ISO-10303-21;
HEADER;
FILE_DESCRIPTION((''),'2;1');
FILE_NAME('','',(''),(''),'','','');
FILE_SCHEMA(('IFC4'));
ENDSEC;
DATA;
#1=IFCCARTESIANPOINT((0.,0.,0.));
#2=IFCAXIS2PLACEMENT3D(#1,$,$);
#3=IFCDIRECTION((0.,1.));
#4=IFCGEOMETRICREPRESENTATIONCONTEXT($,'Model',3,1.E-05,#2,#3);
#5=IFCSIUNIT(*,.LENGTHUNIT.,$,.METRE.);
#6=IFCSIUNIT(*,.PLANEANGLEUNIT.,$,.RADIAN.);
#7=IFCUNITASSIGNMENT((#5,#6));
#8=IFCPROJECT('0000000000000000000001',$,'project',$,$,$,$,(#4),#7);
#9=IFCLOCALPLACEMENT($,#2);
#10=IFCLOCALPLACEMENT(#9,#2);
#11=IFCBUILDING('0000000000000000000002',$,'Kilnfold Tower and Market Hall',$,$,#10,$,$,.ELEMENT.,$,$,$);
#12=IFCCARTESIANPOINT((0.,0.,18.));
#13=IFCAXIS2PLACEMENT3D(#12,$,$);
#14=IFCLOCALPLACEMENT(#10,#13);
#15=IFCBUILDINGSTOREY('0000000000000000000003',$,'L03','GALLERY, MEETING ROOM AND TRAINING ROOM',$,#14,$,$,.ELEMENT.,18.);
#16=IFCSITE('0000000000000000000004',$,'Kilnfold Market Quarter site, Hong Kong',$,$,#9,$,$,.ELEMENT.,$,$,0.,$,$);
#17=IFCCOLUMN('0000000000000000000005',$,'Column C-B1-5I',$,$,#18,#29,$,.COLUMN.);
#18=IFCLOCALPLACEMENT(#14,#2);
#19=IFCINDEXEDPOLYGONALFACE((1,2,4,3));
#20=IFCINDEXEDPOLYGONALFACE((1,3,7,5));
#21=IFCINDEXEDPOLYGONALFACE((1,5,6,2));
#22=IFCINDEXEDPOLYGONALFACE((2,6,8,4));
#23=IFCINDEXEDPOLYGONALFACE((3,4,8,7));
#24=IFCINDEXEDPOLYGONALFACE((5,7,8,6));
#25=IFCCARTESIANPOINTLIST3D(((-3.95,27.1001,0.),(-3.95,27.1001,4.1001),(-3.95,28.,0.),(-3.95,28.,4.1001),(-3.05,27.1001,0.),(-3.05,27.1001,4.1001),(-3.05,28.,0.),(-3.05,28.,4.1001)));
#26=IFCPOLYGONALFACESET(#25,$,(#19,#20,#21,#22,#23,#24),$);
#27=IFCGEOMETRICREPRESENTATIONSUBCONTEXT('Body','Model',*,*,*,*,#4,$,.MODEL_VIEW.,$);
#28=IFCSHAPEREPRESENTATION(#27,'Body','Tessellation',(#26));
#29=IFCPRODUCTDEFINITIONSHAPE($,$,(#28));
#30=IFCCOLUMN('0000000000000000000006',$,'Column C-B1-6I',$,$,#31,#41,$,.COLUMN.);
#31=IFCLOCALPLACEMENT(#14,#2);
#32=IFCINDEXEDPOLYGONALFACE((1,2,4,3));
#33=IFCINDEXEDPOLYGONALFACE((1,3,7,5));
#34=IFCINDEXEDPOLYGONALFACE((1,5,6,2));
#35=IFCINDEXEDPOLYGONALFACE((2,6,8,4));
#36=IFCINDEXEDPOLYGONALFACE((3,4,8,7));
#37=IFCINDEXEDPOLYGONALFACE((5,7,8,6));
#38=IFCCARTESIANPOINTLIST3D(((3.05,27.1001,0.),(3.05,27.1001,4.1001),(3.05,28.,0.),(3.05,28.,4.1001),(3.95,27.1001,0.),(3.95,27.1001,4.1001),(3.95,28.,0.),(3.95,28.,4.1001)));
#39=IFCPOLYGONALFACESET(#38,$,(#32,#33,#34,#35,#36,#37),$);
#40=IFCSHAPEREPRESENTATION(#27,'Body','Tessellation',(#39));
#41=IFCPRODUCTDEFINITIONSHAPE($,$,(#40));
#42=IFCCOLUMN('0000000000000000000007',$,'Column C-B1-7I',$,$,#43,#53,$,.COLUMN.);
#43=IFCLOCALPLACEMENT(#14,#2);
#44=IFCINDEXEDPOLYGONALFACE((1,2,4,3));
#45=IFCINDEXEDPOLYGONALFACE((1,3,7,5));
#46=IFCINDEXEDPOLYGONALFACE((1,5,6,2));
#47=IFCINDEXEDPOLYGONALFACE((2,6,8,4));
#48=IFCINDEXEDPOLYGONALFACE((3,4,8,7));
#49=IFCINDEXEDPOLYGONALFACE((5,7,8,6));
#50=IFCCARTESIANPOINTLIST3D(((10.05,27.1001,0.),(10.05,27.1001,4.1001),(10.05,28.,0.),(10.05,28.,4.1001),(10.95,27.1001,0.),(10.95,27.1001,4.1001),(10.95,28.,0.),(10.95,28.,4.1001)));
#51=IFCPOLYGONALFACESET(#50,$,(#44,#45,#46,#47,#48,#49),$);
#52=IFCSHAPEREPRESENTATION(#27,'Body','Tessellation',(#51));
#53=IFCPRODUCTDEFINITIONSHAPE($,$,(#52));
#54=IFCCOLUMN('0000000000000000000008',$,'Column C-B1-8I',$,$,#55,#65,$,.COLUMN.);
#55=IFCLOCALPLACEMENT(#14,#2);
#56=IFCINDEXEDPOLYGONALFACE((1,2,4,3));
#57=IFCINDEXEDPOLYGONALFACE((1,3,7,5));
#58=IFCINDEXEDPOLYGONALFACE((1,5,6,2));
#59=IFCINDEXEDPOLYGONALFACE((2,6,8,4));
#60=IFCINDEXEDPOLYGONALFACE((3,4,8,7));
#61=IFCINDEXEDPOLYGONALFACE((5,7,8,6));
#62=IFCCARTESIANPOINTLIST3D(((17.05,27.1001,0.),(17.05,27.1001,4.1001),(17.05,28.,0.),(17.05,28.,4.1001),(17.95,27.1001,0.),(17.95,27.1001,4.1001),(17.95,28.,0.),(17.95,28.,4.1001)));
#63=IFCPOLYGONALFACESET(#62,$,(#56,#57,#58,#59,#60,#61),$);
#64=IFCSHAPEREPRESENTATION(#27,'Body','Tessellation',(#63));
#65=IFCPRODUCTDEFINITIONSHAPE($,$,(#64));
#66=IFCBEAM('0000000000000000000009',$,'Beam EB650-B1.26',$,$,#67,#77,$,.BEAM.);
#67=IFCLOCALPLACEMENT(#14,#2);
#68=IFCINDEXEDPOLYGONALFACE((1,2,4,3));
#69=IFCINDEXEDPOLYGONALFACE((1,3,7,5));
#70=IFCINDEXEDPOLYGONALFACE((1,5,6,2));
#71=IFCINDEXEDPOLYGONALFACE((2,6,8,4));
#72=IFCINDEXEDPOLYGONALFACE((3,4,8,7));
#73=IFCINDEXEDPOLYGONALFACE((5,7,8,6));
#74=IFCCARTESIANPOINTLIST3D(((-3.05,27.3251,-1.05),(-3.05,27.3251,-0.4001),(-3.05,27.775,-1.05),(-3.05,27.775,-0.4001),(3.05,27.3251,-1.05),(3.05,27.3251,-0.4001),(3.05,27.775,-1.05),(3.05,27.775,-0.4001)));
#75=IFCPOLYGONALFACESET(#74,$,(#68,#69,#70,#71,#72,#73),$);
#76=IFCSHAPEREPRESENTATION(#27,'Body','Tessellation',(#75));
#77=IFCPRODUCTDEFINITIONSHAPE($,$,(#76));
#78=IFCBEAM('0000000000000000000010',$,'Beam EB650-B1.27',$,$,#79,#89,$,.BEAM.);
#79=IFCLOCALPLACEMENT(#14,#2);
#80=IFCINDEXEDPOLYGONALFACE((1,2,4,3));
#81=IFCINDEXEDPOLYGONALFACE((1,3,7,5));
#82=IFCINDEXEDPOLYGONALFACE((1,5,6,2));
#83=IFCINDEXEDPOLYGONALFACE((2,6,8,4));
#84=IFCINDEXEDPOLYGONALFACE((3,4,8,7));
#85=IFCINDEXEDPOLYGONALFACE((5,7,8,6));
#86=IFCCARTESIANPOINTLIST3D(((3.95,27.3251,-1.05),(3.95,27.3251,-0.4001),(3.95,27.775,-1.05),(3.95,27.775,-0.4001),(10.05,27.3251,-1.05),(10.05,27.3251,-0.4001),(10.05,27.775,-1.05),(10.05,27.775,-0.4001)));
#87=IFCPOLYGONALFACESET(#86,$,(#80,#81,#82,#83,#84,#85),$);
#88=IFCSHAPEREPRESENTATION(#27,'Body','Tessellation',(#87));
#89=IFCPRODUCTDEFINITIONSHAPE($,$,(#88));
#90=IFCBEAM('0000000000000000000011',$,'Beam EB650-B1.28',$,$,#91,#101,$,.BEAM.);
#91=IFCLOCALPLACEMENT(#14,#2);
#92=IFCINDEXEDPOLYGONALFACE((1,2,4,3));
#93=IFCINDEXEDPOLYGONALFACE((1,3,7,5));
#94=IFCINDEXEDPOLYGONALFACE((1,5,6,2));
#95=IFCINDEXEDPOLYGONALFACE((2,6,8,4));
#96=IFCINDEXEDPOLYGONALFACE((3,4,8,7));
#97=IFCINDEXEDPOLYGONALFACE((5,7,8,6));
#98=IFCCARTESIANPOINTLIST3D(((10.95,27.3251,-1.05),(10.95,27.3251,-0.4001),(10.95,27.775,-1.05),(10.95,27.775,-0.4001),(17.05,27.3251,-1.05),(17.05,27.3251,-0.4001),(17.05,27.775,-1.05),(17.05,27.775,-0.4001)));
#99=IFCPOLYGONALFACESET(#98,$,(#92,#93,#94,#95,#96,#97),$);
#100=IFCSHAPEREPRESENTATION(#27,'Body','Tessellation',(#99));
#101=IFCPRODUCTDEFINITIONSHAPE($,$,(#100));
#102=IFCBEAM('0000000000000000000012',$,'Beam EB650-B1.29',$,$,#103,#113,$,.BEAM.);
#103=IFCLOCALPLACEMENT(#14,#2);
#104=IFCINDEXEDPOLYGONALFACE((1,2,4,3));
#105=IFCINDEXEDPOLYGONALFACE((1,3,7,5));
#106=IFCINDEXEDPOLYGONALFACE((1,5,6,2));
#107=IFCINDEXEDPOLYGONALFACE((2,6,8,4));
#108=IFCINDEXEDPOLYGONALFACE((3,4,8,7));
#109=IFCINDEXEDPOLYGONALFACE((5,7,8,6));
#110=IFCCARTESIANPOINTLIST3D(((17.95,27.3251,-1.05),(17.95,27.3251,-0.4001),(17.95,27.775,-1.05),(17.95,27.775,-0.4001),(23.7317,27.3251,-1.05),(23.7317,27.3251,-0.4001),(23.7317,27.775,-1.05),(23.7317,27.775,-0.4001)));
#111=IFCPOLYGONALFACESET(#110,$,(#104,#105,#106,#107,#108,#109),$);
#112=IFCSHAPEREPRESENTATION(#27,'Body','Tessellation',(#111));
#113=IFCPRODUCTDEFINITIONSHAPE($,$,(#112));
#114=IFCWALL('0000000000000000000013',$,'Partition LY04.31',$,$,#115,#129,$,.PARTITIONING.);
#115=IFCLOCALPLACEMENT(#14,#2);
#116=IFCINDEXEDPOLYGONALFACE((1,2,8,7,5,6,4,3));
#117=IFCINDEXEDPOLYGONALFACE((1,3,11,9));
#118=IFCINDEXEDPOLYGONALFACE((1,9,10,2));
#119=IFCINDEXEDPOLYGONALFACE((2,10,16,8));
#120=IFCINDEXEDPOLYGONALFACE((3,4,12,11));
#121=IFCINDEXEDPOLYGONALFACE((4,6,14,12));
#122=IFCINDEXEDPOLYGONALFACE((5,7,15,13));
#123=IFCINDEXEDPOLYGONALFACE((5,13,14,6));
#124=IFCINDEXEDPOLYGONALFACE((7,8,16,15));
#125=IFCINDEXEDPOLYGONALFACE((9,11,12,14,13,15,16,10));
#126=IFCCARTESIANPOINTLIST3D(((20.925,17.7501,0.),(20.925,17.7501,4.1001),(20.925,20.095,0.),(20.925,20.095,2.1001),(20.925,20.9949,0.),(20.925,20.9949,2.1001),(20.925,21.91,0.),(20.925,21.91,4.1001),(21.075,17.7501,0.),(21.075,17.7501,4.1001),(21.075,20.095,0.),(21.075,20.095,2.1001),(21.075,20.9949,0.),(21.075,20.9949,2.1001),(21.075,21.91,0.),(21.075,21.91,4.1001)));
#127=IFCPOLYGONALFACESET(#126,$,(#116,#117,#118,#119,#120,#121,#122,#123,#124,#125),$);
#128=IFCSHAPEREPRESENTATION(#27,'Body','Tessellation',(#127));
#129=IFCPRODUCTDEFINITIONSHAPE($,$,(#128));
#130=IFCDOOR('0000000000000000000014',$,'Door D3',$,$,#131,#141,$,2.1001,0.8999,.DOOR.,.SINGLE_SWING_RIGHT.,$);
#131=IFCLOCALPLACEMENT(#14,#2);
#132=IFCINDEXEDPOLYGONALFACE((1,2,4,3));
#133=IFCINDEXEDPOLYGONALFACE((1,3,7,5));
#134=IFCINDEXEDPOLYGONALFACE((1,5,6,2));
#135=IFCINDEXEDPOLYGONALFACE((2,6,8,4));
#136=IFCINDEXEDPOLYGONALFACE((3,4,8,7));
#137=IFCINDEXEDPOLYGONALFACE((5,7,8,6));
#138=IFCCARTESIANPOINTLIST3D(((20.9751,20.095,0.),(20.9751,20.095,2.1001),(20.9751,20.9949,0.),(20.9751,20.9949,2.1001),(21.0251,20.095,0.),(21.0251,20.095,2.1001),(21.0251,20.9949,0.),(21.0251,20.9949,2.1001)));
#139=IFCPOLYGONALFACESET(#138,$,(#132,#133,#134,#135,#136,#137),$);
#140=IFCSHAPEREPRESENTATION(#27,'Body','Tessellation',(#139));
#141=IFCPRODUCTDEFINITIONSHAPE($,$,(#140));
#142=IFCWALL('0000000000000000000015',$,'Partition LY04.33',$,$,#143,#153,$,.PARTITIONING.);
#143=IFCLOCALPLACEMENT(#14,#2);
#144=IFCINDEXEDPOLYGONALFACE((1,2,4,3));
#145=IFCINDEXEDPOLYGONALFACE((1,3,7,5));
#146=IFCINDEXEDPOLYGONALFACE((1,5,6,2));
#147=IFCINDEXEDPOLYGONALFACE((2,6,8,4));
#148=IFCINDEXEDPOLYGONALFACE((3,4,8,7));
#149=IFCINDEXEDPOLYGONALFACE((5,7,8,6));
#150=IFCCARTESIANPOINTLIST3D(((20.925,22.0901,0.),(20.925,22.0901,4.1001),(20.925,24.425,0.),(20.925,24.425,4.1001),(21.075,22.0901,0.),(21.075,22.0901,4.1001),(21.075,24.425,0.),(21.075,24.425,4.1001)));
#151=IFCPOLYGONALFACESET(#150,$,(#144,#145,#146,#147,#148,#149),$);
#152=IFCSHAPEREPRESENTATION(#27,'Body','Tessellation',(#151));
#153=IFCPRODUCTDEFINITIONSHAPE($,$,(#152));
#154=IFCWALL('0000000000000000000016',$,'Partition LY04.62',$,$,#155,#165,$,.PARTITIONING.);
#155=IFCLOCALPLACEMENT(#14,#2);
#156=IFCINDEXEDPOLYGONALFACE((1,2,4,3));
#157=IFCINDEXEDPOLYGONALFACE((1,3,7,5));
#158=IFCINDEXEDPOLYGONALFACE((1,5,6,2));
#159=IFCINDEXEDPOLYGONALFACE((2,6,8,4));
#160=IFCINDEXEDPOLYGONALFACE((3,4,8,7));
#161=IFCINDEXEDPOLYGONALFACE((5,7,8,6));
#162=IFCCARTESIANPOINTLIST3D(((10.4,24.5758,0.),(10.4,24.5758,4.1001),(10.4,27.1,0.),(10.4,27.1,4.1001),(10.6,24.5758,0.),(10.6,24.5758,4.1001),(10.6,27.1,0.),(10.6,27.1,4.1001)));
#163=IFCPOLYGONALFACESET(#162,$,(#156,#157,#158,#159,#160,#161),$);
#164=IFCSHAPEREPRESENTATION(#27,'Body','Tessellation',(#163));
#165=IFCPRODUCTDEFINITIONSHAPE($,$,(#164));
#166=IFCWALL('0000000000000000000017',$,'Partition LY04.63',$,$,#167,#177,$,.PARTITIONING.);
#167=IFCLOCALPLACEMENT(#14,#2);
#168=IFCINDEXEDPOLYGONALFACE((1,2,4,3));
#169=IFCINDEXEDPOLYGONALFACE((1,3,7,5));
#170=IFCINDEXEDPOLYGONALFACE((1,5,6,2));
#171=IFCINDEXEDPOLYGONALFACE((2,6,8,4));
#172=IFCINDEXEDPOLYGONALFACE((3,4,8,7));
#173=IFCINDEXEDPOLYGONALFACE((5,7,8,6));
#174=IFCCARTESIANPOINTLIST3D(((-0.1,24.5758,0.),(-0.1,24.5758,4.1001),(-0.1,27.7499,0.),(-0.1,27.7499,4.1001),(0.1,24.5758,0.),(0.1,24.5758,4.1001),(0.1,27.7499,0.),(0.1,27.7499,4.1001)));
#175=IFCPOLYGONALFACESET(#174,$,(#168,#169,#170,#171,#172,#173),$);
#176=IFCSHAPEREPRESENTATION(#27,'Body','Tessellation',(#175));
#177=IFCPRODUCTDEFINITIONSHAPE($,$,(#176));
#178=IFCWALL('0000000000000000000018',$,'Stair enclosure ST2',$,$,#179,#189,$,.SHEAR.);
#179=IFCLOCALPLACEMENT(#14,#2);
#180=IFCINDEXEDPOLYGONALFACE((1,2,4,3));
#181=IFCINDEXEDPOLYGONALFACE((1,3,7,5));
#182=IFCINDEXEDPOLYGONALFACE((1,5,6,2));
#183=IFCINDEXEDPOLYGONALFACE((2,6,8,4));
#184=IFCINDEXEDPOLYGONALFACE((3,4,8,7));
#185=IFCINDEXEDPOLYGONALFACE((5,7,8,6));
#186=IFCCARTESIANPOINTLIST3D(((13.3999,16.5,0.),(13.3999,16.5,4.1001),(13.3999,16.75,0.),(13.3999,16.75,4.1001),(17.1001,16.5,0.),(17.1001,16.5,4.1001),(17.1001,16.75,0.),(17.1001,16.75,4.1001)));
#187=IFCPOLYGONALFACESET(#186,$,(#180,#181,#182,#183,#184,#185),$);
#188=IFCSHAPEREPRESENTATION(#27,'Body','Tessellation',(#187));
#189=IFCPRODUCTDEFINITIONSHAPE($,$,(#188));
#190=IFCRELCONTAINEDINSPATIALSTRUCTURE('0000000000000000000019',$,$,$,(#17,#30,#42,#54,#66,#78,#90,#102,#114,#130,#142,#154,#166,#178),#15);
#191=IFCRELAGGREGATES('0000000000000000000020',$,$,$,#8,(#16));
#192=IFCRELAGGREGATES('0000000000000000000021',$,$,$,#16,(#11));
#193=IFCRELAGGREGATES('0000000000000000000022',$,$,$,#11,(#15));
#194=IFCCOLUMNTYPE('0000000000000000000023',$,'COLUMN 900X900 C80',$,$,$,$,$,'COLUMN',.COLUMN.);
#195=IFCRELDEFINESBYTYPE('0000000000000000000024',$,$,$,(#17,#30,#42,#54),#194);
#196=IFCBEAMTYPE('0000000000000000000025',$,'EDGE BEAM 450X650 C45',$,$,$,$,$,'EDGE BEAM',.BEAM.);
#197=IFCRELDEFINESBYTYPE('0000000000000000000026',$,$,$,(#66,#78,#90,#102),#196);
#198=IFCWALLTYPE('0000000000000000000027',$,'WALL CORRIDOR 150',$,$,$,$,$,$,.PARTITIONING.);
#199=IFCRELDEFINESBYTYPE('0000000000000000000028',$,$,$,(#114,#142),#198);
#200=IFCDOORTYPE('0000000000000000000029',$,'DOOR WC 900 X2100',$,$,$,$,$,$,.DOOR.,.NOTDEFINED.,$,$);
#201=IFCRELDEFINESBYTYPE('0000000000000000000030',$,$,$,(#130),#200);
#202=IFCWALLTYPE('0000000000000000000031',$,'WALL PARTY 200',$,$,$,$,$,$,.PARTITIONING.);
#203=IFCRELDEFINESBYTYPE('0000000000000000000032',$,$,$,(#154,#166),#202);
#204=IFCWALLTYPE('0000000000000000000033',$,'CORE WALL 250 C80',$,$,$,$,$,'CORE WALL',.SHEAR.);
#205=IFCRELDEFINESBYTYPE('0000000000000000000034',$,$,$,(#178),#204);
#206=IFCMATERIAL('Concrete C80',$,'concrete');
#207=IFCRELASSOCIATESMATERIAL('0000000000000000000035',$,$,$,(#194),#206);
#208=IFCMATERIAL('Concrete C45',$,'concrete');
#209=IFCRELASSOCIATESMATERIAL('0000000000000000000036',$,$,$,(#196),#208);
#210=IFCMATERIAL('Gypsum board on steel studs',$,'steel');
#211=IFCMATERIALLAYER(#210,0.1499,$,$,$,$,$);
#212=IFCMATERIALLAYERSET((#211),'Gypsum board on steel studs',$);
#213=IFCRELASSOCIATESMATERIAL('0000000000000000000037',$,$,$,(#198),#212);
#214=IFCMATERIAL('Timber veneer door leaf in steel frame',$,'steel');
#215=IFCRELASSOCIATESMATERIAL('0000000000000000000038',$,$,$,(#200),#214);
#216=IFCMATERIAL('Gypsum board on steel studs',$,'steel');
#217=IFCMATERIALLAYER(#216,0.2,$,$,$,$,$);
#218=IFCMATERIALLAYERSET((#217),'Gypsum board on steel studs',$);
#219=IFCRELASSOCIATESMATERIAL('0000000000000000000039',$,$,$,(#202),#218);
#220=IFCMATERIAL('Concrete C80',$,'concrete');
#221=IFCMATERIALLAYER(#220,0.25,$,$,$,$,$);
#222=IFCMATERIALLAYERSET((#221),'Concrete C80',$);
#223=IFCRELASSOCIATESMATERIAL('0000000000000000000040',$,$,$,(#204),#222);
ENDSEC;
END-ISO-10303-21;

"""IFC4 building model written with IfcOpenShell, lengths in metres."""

from ifc_helpers import new_model, si_unit, direction, frame, frame_2d, origin, origin_2d, place, context, subcontext, project, spatial, rectangle, extrude, source, transform, mapped, material, layer, layer_set, material_profile, profile_set, type_object, element, fill, save


model = new_model("IFC4")

# Units and contexts
model_context = context("Model", 3, precision=1e-05, world=origin(), true_north=direction((0.0, 1.0)))
body_context = subcontext(model_context, "Body", "Model", "MODEL_VIEW")
ifc_project = project(units=[si_unit("LENGTHUNIT", "METRE"), si_unit("PLANEANGLEUNIT", "RADIAN")], contexts=[model_context])

# Site, building, storey
site_placement = place(None, origin())
site = spatial("IfcSite", under=ifc_project, at=site_placement, Name="Kilnfold Market Quarter site, Hong Kong", CompositionType="ELEMENT", RefElevation=0.0)
building_placement = place(site_placement, origin())
building = spatial("IfcBuilding", under=site, at=building_placement, Name="Kilnfold Tower and Market Hall", CompositionType="ELEMENT")
storey_placement = place(building_placement, frame((0.0, 0.0, 18.0)))
storey = spatial("IfcBuildingStorey", under=building, at=storey_placement, Name="L03", Description="GALLERY, MEETING ROOM AND TRAINING ROOM", CompositionType="ELEMENT", Elevation=18.0)

# Columns
ifc_material_1 = material(Name="Concrete C80", Category="concrete")
ifc_material_profile_1 = material_profile(ifc_material_1, rectangle(XDim=0.8999, YDim=0.8999, at=origin_2d()), Name="RC 900x900")
ifc_profile_set_1 = profile_set([ifc_material_profile_1], Name="Concrete C80")
column_type = type_object("IfcColumnType", Name="COLUMN 900X900 C80", ElementType="COLUMN", PredefinedType="COLUMN", material=ifc_profile_set_1)
shared_shape_1 = source(origin(), body_context, "Body", "SweptSolid", [
    extrude(rectangle(XDim=0.8999, YDim=0.8999, at=origin_2d()), origin(), (0.0, 0.0, 1.0), 4.1001),
])
for number, where, z_axis, x_axis, name in (
    (1, (-3.5, 27.55, 0.0), (0.0, 0.0, 1.0), (1.0, 0.0, 0.0), "Column C-B1-5I"),
    (2, (3.5, 27.55, 0.0), (0.0, 0.0, 1.0), (1.0, 0.0, 0.0), "Column C-B1-6I"),
    (3, (10.5, 27.55, 0.0), (0.0, 0.0, 1.0), (1.0, 0.0, 0.0), "Column C-B1-7I"),
    (4, (17.5, 27.55, 0.0), (0.0, 0.0, 1.0), (1.0, 0.0, 0.0), "Column C-B1-8I"),
):
    element("IfcColumn", number, at=place(storey_placement, frame(where, z_axis=z_axis, x_axis=x_axis)), inside=storey, type_object=column_type, Name=name, PredefinedType="COLUMN", context=body_context, shape_type="MappedRepresentation", body=[
        mapped(shared_shape_1, transform((0.0, 0.0, 0.0))),
    ])

# Beams
ifc_material_2 = material(Name="Concrete C45", Category="concrete")
ifc_material_profile_2 = material_profile(ifc_material_2, rectangle(XDim=0.45, YDim=0.6499, at=origin_2d()), Name="RC 450x650")
ifc_profile_set_2 = profile_set([ifc_material_profile_2], Name="Concrete C45")
beam_type = type_object("IfcBeamType", Name="EDGE BEAM 450X650 C45", ElementType="EDGE BEAM", PredefinedType="BEAM", material=ifc_profile_set_2)
shared_shape_2 = source(origin(), body_context, "Body", "SweptSolid", [
    extrude(rectangle(XDim=0.45, YDim=0.6499, at=origin_2d()), origin(), (0.0, 0.0, 1.0), 6.1001),
])
for number, where, z_axis, x_axis, name in (
    (5, (-3.05, 27.55, -0.7251), (1.0, 0.0, 0.0), (0.0, 1.0, 0.0), "Beam EB650-B1.26"),
    (6, (3.95, 27.55, -0.7251), (1.0, 0.0, 0.0), (0.0, 1.0, 0.0), "Beam EB650-B1.27"),
    (7, (10.95, 27.55, -0.7251), (1.0, 0.0, 0.0), (0.0, 1.0, 0.0), "Beam EB650-B1.28"),
):
    element("IfcBeam", number, at=place(storey_placement, frame(where, z_axis=z_axis, x_axis=x_axis)), inside=storey, type_object=beam_type, Name=name, PredefinedType="BEAM", context=body_context, shape_type="MappedRepresentation", body=[
        mapped(shared_shape_2, transform((0.0, 0.0, 0.0))),
    ])
shared_shape_3 = source(origin(), body_context, "Body", "SweptSolid", [
    extrude(rectangle(XDim=0.45, YDim=0.6499, at=origin_2d()), origin(), (0.0, 0.0, 1.0), 5.7817),
])
beam_placement = place(storey_placement, frame((17.95, 27.55, -0.7251), z_axis=(1.0, 0.0, 0.0), x_axis=(0.0, 1.0, 0.0)))
element("IfcBeam", 8, at=beam_placement, inside=storey, type_object=beam_type, Name="Beam EB650-B1.29", PredefinedType="BEAM", context=body_context, shape_type="MappedRepresentation", body=[
    mapped(shared_shape_3, transform((0.0, 0.0, 0.0))),
])

# Wall, opening, door
ifc_material_3 = material(Name="Gypsum board on steel studs", Category="steel")
ifc_layer_1 = layer(ifc_material_3, 0.1499)
ifc_layer_set_1 = layer_set([ifc_layer_1], Name="Gypsum board on steel studs")
wall_type_1 = type_object("IfcWallType", Name="WALL CORRIDOR 150", PredefinedType="PARTITIONING", material=ifc_layer_set_1)
wall_1_placement = place(storey_placement, frame((21.0, 17.75, 0.0), z_axis=(0.0, 0.0, 1.0), x_axis=(0.0, 1.0, 0.0)))
wall_1 = element("IfcWall", 9, at=wall_1_placement, inside=storey, type_object=wall_type_1, Name="Partition LY04.31", PredefinedType="PARTITIONING", context=body_context, shape_type="SweptSolid", body=[
    extrude(rectangle(XDim=4.1599, YDim=0.1499, at=frame_2d((2.0801, 0.0))), origin(), (0.0, 0.0, 1.0), 4.1001),
])
opening_placement = place(wall_1_placement, frame((2.345, 0.0, 0.0)))
opening = element("IfcOpeningElement", 10, at=opening_placement, cuts=wall_1, PredefinedType="OPENING", context=body_context, shape_type="SweptSolid", body=[
    extrude(rectangle(XDim=0.8999, YDim=2.1001, at=frame_2d((0.45, 1.05))), frame((0.0, 0.085, 0.0), z_axis=(0.0, -1.0, 0.0), x_axis=(1.0, 0.0, 0.0)), (0.0, 0.0, 1.0), 0.1699),
])
ifc_material_4 = material(Name="Timber veneer door leaf in steel frame", Category="steel")
door_type = type_object("IfcDoorType", Name="DOOR WC 900 X2100", OperationType="NOTDEFINED", PredefinedType="DOOR", material=ifc_material_4)
door_placement = place(opening_placement, origin())
door = element("IfcDoor", 11, at=door_placement, inside=storey, type_object=door_type, Name="Door D3", OperationType="SINGLE_SWING_RIGHT", OverallHeight=2.1001, OverallWidth=0.8999, PredefinedType="DOOR", context=body_context, shape_type="SweptSolid", body=[
    extrude(rectangle(XDim=0.8999, YDim=2.1001, at=frame_2d((0.45, 1.05))), frame((0.0, 0.0249, 0.0), z_axis=(0.0, -1.0, 0.0), x_axis=(1.0, 0.0, 0.0)), (0.0, 0.0, 1.0), 0.05),
])
fill(opening, door)

# Walls
wall_2_placement = place(storey_placement, frame((21.0, 22.0901, 0.0), z_axis=(0.0, 0.0, 1.0), x_axis=(0.0, 1.0, 0.0)))
element("IfcWall", 12, at=wall_2_placement, inside=storey, type_object=wall_type_1, Name="Partition LY04.33", PredefinedType="PARTITIONING", context=body_context, shape_type="SweptSolid", body=[
    extrude(rectangle(XDim=2.335, YDim=0.1499, at=frame_2d((1.1675, 0.0))), origin(), (0.0, 0.0, 1.0), 4.1001),
])
ifc_material_5 = material(Name="Gypsum board on steel studs", Category="steel")
ifc_layer_2 = layer(ifc_material_5, 0.2)
ifc_layer_set_2 = layer_set([ifc_layer_2], Name="Gypsum board on steel studs")
wall_type_2 = type_object("IfcWallType", Name="WALL PARTY 200", PredefinedType="PARTITIONING", material=ifc_layer_set_2)
wall_3_placement = place(storey_placement, frame((10.5, 27.1001, 0.0), z_axis=(0.0, 0.0, 1.0), x_axis=(0.0, -1.0, 0.0)))
element("IfcWall", 13, at=wall_3_placement, inside=storey, type_object=wall_type_2, Name="Partition LY04.62", PredefinedType="PARTITIONING", context=body_context, shape_type="SweptSolid", body=[
    extrude(rectangle(XDim=2.5242, YDim=0.2, at=frame_2d((1.2622, 0.0))), origin(), (0.0, 0.0, 1.0), 4.1001),
])
wall_4_placement = place(storey_placement, frame((0.0, 24.5759, 0.0), z_axis=(0.0, 0.0, 1.0), x_axis=(0.0, 1.0, 0.0)))
element("IfcWall", 14, at=wall_4_placement, inside=storey, type_object=wall_type_2, Name="Partition LY04.63", PredefinedType="PARTITIONING", context=body_context, shape_type="SweptSolid", body=[
    extrude(rectangle(XDim=3.1741, YDim=0.2, at=frame_2d((1.5869, 0.0))), origin(), (0.0, 0.0, 1.0), 4.1001),
])
ifc_material_6 = material(Name="Concrete C80", Category="concrete")
ifc_layer_3 = layer(ifc_material_6, 0.25)
ifc_layer_set_3 = layer_set([ifc_layer_3], Name="Concrete C80")
wall_type_3 = type_object("IfcWallType", Name="CORE WALL 250 C80", ElementType="CORE WALL", PredefinedType="SHEAR", material=ifc_layer_set_3)
shared_shape_4 = source(origin(), body_context, "Body", "SweptSolid", [
    extrude(rectangle(XDim=3.7002, YDim=0.25, at=frame_2d((1.8501, 0.0))), origin(), (0.0, 0.0, 1.0), 4.1001),
])
wall_5_placement = place(storey_placement, frame((13.3999, 16.625, 0.0), z_axis=(0.0, 0.0, 1.0), x_axis=(1.0, 0.0, 0.0)))
element("IfcWall", 15, at=wall_5_placement, inside=storey, type_object=wall_type_3, Name="Stair enclosure ST2", PredefinedType="SHEAR", context=body_context, shape_type="MappedRepresentation", body=[
    mapped(shared_shape_4, transform((0.0, 0.0, 0.0))),
])

save(model, "model.ifc")
